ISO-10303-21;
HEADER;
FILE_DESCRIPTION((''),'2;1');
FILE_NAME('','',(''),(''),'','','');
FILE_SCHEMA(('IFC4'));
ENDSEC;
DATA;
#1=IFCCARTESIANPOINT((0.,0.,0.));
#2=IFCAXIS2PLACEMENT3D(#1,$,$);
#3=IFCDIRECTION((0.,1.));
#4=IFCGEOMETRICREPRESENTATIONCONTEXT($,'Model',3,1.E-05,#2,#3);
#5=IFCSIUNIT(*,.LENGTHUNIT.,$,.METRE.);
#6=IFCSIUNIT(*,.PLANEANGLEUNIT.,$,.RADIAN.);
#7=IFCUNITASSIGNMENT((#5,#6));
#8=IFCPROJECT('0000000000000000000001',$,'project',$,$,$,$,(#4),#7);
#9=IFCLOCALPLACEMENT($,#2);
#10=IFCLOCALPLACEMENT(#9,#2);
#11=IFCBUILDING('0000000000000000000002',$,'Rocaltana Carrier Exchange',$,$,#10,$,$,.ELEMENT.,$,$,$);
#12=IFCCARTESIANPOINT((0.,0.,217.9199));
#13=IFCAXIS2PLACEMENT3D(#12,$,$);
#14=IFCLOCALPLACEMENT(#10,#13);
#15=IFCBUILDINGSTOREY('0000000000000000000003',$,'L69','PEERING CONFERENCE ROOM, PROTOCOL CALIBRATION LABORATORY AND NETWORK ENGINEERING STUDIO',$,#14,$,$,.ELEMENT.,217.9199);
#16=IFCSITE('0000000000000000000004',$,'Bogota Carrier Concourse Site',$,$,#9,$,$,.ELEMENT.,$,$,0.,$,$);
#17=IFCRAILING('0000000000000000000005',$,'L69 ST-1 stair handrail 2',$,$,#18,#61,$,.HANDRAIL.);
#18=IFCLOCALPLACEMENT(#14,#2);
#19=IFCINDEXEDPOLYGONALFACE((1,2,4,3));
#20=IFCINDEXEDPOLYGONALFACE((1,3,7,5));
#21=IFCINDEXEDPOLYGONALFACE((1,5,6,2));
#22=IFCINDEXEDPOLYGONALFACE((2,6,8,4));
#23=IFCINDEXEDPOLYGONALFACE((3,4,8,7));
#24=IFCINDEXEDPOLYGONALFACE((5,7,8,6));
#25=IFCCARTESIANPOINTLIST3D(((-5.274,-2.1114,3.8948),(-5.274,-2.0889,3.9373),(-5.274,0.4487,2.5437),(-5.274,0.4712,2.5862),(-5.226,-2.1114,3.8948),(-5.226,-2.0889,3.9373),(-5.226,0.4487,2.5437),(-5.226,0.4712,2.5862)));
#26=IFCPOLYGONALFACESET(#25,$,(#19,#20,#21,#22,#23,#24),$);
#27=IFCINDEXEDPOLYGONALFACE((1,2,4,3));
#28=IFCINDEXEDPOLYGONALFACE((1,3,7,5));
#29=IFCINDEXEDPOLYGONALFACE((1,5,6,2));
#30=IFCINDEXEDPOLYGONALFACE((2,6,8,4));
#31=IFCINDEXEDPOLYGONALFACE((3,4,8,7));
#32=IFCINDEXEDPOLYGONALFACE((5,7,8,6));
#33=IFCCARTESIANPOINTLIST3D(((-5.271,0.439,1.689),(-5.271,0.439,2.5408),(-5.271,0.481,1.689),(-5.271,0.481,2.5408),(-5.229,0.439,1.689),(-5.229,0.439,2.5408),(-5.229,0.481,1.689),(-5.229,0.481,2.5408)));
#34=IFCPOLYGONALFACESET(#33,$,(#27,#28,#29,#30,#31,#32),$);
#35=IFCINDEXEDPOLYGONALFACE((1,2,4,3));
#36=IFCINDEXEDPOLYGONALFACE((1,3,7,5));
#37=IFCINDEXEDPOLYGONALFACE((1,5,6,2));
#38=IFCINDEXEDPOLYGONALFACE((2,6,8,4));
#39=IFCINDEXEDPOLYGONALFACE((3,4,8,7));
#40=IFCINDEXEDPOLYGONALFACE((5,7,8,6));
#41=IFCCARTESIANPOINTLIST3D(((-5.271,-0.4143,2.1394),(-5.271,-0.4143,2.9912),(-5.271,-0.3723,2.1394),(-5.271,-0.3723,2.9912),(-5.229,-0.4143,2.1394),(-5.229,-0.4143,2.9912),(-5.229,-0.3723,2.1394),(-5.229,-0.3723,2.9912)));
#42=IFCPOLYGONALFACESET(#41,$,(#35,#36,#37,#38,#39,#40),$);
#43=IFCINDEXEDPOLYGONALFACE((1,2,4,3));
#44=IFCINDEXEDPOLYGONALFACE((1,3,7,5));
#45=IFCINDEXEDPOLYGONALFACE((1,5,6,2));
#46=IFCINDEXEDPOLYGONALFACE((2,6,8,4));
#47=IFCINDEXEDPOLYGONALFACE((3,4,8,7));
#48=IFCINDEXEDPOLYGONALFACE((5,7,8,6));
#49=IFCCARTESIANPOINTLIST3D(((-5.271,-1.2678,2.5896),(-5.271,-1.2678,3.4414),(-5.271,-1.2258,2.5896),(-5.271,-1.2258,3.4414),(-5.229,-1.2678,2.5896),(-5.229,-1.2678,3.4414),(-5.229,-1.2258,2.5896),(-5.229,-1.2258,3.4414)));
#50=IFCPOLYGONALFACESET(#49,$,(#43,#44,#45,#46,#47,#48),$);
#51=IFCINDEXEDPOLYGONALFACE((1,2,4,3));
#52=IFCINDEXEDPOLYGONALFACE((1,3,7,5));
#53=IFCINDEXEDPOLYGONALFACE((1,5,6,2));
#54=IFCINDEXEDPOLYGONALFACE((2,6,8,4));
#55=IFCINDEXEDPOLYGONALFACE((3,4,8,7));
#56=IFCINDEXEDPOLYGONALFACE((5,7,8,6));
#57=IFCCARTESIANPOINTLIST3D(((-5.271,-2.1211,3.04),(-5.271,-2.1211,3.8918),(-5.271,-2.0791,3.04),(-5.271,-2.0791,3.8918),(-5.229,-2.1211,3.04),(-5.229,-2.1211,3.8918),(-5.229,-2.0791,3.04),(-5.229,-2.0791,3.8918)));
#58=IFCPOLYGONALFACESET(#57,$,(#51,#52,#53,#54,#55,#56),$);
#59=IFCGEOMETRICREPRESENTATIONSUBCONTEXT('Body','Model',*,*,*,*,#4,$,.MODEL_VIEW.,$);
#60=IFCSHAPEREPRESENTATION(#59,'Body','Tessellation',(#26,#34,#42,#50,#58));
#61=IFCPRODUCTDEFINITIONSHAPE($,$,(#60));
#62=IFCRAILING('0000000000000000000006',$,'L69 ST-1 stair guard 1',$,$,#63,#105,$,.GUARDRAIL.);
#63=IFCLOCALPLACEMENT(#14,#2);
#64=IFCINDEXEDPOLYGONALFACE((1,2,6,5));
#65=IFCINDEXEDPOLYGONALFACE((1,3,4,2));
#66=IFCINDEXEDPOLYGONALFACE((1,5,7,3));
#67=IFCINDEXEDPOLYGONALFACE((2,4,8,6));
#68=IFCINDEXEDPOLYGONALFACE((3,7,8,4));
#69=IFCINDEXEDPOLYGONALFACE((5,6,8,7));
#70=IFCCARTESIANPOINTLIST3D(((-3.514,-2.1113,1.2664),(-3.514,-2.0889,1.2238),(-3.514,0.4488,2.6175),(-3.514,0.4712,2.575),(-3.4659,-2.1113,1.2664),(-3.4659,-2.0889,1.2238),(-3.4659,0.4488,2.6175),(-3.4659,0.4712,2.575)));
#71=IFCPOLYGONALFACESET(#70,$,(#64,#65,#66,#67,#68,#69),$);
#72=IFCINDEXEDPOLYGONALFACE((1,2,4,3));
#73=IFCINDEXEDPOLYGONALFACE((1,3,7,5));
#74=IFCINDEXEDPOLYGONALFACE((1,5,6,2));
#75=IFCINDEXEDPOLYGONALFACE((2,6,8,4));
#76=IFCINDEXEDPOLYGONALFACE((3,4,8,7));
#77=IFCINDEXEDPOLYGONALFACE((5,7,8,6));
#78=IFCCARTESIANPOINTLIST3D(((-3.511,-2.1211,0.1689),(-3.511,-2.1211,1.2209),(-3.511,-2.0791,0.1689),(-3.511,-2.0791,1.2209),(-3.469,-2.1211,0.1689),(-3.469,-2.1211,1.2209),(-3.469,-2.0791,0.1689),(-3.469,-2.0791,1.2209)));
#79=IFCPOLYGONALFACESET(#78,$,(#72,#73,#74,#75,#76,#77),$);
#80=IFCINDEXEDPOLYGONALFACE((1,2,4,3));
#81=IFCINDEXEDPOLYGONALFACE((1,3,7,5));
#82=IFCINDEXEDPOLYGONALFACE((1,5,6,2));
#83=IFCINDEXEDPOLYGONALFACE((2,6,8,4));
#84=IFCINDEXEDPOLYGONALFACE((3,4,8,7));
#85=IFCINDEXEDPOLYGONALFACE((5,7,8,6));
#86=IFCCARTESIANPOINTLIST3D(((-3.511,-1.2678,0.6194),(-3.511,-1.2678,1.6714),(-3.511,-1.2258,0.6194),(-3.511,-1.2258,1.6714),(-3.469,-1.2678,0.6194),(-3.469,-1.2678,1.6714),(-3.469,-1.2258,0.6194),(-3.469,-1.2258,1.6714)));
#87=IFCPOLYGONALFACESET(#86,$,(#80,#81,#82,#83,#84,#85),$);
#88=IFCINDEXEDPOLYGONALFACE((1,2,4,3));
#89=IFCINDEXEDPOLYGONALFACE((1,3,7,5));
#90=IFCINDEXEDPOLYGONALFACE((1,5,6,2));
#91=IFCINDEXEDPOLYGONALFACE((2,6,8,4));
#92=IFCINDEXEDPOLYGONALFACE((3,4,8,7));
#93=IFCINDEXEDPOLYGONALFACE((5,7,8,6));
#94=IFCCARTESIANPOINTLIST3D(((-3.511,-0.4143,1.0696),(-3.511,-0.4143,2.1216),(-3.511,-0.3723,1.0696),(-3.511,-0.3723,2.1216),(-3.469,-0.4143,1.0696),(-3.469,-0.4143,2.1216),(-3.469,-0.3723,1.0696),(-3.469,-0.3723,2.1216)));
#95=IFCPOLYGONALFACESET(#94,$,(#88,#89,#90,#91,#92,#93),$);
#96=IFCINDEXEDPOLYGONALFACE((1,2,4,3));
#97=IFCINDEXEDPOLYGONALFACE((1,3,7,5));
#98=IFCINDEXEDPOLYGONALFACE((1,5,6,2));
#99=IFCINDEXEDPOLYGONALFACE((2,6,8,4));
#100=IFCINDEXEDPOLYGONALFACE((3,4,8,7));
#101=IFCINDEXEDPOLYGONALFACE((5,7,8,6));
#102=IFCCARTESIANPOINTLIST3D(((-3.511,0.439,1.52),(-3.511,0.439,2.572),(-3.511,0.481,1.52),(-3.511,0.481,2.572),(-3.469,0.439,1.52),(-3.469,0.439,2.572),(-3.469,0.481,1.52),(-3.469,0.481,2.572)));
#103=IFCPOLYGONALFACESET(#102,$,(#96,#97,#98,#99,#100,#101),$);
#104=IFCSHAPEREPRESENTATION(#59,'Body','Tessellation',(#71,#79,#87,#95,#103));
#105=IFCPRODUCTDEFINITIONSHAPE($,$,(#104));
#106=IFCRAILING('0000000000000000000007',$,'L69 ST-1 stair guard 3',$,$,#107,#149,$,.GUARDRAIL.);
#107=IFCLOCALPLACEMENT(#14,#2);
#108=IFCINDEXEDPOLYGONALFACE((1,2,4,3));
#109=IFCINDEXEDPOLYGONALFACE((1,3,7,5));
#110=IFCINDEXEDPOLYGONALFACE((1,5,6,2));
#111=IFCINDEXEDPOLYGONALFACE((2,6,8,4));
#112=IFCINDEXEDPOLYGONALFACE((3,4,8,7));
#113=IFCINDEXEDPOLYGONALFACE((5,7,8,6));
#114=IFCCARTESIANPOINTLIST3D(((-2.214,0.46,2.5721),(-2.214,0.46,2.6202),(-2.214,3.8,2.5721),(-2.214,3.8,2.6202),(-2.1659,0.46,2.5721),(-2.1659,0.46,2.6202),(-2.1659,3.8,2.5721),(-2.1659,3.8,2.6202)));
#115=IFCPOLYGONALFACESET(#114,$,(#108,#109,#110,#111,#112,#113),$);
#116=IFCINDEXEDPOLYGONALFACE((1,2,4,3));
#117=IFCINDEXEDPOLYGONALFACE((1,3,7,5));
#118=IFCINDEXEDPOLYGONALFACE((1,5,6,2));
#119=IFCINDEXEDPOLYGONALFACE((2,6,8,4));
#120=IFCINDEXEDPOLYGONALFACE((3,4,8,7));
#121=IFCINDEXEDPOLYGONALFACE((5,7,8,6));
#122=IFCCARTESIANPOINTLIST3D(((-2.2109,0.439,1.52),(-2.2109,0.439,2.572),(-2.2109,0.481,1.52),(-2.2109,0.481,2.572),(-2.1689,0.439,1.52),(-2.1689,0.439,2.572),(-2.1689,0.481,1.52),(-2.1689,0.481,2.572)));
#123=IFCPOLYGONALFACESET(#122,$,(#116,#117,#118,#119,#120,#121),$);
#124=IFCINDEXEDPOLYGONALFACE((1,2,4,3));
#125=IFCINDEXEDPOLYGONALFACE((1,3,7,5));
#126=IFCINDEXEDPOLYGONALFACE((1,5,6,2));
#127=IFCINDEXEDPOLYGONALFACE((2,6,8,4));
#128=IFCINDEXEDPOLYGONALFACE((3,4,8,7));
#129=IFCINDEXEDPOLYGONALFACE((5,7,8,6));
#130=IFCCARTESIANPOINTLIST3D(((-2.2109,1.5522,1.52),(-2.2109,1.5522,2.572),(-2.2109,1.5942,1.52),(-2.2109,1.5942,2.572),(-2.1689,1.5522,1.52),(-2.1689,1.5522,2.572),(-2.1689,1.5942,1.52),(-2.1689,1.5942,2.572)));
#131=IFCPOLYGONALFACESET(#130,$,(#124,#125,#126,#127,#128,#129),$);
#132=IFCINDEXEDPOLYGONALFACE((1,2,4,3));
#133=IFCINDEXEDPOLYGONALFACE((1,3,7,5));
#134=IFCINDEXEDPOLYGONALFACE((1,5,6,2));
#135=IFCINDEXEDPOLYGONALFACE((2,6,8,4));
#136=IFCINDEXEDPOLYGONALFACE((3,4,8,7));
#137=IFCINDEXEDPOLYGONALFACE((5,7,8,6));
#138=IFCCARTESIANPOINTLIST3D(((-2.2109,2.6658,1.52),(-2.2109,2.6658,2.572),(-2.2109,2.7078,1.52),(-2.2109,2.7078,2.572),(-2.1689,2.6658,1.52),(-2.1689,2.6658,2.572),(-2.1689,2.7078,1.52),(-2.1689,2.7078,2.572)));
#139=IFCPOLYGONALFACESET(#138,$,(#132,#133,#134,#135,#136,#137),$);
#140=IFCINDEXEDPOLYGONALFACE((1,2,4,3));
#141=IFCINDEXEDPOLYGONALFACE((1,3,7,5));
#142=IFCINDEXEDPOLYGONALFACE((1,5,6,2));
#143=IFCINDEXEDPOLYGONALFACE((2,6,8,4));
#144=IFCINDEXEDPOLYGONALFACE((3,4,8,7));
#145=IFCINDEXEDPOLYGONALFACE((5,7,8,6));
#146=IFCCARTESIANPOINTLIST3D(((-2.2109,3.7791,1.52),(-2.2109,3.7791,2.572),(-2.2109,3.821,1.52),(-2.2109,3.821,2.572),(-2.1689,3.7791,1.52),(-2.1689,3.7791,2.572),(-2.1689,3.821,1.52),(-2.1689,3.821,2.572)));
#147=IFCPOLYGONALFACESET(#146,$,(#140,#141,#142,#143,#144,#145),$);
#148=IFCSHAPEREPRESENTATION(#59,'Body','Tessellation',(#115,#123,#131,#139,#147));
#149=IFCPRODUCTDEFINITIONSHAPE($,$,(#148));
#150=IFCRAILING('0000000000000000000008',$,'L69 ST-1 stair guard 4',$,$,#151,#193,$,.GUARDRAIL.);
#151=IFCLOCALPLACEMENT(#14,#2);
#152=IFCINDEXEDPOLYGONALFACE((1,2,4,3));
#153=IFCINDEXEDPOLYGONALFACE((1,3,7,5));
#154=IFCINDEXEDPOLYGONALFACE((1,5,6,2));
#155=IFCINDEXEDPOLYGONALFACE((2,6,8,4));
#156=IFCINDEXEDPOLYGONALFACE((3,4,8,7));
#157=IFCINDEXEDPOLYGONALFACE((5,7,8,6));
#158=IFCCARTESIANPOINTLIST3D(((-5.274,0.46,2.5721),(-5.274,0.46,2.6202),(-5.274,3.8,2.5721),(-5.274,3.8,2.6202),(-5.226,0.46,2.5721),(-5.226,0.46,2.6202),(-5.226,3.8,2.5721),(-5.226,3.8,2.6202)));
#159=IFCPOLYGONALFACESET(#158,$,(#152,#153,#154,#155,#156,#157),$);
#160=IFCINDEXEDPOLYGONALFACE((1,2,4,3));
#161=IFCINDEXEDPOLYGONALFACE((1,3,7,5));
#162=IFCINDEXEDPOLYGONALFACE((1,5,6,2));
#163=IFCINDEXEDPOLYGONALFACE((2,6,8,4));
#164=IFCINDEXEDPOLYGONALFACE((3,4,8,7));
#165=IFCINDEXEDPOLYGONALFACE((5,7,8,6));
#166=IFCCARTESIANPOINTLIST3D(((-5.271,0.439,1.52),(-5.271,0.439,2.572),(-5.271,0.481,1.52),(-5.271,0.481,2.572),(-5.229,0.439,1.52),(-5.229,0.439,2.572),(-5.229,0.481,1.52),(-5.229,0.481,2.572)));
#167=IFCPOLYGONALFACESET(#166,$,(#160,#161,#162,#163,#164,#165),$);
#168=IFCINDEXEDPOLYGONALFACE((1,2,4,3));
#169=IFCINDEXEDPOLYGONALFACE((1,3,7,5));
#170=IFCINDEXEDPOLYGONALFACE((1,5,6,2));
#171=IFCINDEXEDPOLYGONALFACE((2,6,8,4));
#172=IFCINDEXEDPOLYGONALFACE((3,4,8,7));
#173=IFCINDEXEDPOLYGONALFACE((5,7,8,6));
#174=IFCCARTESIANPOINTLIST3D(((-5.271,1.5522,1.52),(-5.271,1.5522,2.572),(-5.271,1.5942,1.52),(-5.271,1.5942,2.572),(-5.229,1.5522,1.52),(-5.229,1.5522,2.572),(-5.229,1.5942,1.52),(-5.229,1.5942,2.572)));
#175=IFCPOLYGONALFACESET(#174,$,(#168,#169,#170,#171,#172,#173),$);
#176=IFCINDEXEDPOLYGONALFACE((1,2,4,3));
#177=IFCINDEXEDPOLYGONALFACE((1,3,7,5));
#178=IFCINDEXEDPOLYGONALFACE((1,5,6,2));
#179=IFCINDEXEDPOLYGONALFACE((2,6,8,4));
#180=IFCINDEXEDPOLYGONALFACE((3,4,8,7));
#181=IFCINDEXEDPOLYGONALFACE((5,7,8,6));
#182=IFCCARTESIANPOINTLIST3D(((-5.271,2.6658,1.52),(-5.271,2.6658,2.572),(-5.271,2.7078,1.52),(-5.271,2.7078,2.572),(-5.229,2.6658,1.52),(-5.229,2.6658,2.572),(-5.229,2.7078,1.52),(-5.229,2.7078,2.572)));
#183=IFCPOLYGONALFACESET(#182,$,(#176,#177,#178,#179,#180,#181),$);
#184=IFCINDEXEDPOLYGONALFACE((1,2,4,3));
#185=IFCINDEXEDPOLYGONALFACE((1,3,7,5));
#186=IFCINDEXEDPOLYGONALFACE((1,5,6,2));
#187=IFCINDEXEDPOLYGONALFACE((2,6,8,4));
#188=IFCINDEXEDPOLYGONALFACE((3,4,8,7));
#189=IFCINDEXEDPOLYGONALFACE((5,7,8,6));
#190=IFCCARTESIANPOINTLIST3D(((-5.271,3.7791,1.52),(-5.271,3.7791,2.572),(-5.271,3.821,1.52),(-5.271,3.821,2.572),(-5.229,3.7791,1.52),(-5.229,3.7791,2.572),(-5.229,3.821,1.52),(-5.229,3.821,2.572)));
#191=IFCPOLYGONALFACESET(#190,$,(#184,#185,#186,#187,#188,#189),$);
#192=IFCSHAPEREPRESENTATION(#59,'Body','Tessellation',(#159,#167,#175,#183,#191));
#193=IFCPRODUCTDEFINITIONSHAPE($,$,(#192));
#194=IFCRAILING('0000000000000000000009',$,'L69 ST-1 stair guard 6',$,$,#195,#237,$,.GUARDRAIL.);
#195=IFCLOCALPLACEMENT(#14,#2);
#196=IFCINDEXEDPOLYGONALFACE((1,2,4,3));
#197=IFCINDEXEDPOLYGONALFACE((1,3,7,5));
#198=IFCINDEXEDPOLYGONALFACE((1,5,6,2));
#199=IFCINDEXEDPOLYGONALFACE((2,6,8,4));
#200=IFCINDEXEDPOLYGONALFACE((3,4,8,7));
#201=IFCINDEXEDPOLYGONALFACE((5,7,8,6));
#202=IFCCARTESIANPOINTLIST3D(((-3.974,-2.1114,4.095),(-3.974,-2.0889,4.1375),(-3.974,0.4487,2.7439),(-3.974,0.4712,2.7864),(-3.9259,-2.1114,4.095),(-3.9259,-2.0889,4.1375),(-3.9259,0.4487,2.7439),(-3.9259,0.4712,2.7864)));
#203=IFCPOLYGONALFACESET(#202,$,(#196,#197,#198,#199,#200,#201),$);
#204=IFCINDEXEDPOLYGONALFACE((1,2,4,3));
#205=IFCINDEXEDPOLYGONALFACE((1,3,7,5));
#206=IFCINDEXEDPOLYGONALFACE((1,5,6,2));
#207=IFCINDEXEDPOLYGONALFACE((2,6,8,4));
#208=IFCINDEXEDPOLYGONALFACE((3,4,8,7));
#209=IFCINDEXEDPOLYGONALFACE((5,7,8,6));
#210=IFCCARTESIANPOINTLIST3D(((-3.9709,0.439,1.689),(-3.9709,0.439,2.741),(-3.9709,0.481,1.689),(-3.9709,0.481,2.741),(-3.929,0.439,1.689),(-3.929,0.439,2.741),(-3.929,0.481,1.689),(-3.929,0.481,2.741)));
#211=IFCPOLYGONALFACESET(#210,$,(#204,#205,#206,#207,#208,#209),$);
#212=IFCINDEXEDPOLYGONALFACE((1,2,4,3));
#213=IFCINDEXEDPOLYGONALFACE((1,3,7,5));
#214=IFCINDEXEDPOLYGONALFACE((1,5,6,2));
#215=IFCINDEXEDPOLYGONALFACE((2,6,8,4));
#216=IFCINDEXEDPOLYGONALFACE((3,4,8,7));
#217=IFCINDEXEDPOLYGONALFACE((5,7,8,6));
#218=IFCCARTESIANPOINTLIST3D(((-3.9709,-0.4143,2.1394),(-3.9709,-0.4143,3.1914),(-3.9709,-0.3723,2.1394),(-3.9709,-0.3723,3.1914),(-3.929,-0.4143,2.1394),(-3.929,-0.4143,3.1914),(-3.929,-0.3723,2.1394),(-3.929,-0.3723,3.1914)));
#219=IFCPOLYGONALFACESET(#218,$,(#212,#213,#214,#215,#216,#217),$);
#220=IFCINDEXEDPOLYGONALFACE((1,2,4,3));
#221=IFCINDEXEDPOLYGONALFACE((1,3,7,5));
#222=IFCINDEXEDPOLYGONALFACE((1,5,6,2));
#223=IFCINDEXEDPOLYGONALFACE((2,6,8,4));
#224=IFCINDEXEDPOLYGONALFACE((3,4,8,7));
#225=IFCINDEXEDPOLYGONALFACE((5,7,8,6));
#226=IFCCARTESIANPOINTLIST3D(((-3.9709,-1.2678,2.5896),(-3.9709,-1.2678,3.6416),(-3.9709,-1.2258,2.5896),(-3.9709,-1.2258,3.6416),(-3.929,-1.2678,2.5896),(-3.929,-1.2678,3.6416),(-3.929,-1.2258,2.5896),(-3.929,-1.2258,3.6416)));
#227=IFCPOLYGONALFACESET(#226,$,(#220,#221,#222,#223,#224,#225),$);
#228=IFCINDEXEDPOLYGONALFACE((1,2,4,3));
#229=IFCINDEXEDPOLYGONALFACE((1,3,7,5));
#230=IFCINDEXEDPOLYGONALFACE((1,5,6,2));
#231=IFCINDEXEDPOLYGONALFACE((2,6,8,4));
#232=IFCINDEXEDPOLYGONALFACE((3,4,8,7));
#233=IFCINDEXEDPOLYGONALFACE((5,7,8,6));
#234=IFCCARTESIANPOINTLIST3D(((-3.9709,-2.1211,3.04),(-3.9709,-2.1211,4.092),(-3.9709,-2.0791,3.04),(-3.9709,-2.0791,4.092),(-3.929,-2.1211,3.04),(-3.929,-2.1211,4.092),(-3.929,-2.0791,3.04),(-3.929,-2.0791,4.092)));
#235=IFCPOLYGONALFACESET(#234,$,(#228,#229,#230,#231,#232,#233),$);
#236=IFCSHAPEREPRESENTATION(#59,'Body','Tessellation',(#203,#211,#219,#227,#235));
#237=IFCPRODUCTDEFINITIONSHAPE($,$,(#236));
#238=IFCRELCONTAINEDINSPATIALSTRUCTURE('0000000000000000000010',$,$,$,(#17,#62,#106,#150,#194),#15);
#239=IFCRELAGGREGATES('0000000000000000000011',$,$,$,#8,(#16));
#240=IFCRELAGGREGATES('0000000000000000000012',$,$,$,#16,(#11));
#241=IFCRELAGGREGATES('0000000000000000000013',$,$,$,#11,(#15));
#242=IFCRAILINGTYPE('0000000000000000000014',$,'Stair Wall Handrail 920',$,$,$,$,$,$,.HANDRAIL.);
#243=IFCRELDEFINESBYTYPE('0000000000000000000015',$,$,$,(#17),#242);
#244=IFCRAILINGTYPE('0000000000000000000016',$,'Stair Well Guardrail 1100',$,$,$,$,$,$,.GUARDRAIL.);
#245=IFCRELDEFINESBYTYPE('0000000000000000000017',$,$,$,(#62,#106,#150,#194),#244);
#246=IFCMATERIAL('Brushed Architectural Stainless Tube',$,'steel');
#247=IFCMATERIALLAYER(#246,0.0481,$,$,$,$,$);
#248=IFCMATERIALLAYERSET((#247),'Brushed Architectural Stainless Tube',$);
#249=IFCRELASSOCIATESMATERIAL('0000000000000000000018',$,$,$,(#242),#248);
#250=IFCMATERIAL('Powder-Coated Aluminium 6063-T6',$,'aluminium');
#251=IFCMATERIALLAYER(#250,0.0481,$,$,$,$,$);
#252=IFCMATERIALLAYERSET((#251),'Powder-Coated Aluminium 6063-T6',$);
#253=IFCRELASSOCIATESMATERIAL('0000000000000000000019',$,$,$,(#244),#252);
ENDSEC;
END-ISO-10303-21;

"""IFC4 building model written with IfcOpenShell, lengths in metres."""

from ifc_helpers import new_model, si_unit, direction, frame, origin, origin_2d, place, context, subcontext, project, spatial, rectangle, extrude, material, layer, layer_set, type_object, element, save


model = new_model("IFC4")

# Units and contexts
model_context = context("Model", 3, precision=1e-05, world=origin(), true_north=direction((0.0, 1.0)))
body_context = subcontext(model_context, "Body", "Model", "MODEL_VIEW")
ifc_project = project(units=[si_unit("LENGTHUNIT", "METRE"), si_unit("PLANEANGLEUNIT", "RADIAN")], contexts=[model_context])

# Site, building, storey
site_placement = place(None, origin())
site = spatial("IfcSite", under=ifc_project, at=site_placement, Name="Bogota Carrier Concourse Site", CompositionType="ELEMENT", RefElevation=0.0)
building_placement = place(site_placement, origin())
building = spatial("IfcBuilding", under=site, at=building_placement, Name="Rocaltana Carrier Exchange", CompositionType="ELEMENT")
storey_placement = place(building_placement, frame((0.0, 0.0, 217.9199)))
storey = spatial("IfcBuildingStorey", under=building, at=storey_placement, Name="L69", Description="PEERING CONFERENCE ROOM, PROTOCOL CALIBRATION LABORATORY AND NETWORK ENGINEERING STUDIO", CompositionType="ELEMENT", Elevation=217.9199)

# Railings
ifc_material_1 = material(Name="Brushed Architectural Stainless Tube", Category="steel")
ifc_layer_1 = layer(ifc_material_1, 0.0481)
ifc_layer_set_1 = layer_set([ifc_layer_1], Name="Brushed Architectural Stainless Tube")
railing_type_1 = type_object("IfcRailingType", Name="Stair Wall Handrail 920", PredefinedType="HANDRAIL", material=ifc_layer_set_1)
railing_1_placement = place(storey_placement, frame((-5.25, 0.46, 1.689)))
element("IfcRailing", 1, at=railing_1_placement, inside=storey, type_object=railing_type_1, Name="L69 ST-1 stair handrail 2", PredefinedType="HANDRAIL", context=body_context, shape_type="SweptSolid", body=[
    extrude(rectangle(XDim=0.0481, YDim=0.0481, at=origin_2d()), frame((0.0, 0.0, 0.876), z_axis=(0.0, -0.884394, 0.46674), x_axis=(1.0, 0.0, 0.0)), (0.0, 0.0, 1.0), 2.8948),
    extrude(rectangle(XDim=0.042, YDim=0.042, at=origin_2d()), origin(), (0.0, 0.0, 1.0), 0.8518),
    extrude(rectangle(XDim=0.042, YDim=0.042, at=origin_2d()), frame((0.0, -0.8533, 0.4504)), (0.0, 0.0, 1.0), 0.8518),
    extrude(rectangle(XDim=0.042, YDim=0.042, at=origin_2d()), frame((0.0, -1.7068, 0.9006)), (0.0, 0.0, 1.0), 0.8518),
    extrude(rectangle(XDim=0.042, YDim=0.042, at=origin_2d()), frame((0.0, -2.5601, 1.3511)), (0.0, 0.0, 1.0), 0.8518),
])
ifc_material_2 = material(Name="Powder-Coated Aluminium 6063-T6", Category="aluminium")
ifc_layer_2 = layer(ifc_material_2, 0.0481)
ifc_layer_set_2 = layer_set([ifc_layer_2], Name="Powder-Coated Aluminium 6063-T6")
railing_type_2 = type_object("IfcRailingType", Name="Stair Well Guardrail 1100", PredefinedType="GUARDRAIL", material=ifc_layer_set_2)
railing_2_placement = place(storey_placement, frame((-3.49, -2.1001, 0.1689)))
element("IfcRailing", 2, at=railing_2_placement, inside=storey, type_object=railing_type_2, Name="L69 ST-1 stair guard 1", PredefinedType="GUARDRAIL", context=body_context, shape_type="SweptSolid", body=[
    extrude(rectangle(XDim=0.0481, YDim=0.0481, at=origin_2d()), frame((0.0, 0.0, 1.0762), z_axis=(0.0, 0.884394, 0.46674), x_axis=(-1.0, 0.0, 0.0)), (0.0, 0.0, 1.0), 2.8948),
    extrude(rectangle(XDim=0.042, YDim=0.042, at=origin_2d()), origin(), (0.0, 0.0, 1.0), 1.052),
    extrude(rectangle(XDim=0.042, YDim=0.042, at=origin_2d()), frame((0.0, 0.8533, 0.4504)), (0.0, 0.0, 1.0), 1.052),
    extrude(rectangle(XDim=0.042, YDim=0.042, at=origin_2d()), frame((0.0, 1.7068, 0.9006)), (0.0, 0.0, 1.0), 1.052),
    extrude(rectangle(XDim=0.042, YDim=0.042, at=origin_2d()), frame((0.0, 2.5601, 1.3511)), (0.0, 0.0, 1.0), 1.052),
])
for number, where, name in (
    (3, (-2.1899, 0.46, 1.52), "L69 ST-1 stair guard 3"),
    (4, (-5.25, 0.46, 1.52), "L69 ST-1 stair guard 4"),
):
    element("IfcRailing", number, at=place(storey_placement, frame(where)), inside=storey, type_object=railing_type_2, Name=name, PredefinedType="GUARDRAIL", context=body_context, shape_type="SweptSolid", body=[
        extrude(rectangle(XDim=0.0481, YDim=0.0481, at=origin_2d()), frame((0.0, 0.0, 1.0762), z_axis=(0.0, 1.0, 0.0), x_axis=(-1.0, 0.0, 0.0)), (0.0, 0.0, 1.0), 3.3401),
        extrude(rectangle(XDim=0.042, YDim=0.042, at=origin_2d()), origin(), (0.0, 0.0, 1.0), 1.052),
        extrude(rectangle(XDim=0.042, YDim=0.042, at=origin_2d()), frame((0.0, 1.1133, 0.0)), (0.0, 0.0, 1.0), 1.052),
        extrude(rectangle(XDim=0.042, YDim=0.042, at=origin_2d()), frame((0.0, 2.2268, 0.0)), (0.0, 0.0, 1.0), 1.052),
        extrude(rectangle(XDim=0.042, YDim=0.042, at=origin_2d()), frame((0.0, 3.3401, 0.0)), (0.0, 0.0, 1.0), 1.052),
    ])
railing_3_placement = place(storey_placement, frame((-3.95, 0.46, 1.689)))
element("IfcRailing", 5, at=railing_3_placement, inside=storey, type_object=railing_type_2, Name="L69 ST-1 stair guard 6", PredefinedType="GUARDRAIL", context=body_context, shape_type="SweptSolid", body=[
    extrude(rectangle(XDim=0.0481, YDim=0.0481, at=origin_2d()), frame((0.0, 0.0, 1.0762), z_axis=(0.0, -0.884394, 0.46674), x_axis=(1.0, 0.0, 0.0)), (0.0, 0.0, 1.0), 2.8948),
    extrude(rectangle(XDim=0.042, YDim=0.042, at=origin_2d()), origin(), (0.0, 0.0, 1.0), 1.052),
    extrude(rectangle(XDim=0.042, YDim=0.042, at=origin_2d()), frame((0.0, -0.8533, 0.4504)), (0.0, 0.0, 1.0), 1.052),
    extrude(rectangle(XDim=0.042, YDim=0.042, at=origin_2d()), frame((0.0, -1.7068, 0.9006)), (0.0, 0.0, 1.0), 1.052),
    extrude(rectangle(XDim=0.042, YDim=0.042, at=origin_2d()), frame((0.0, -2.5601, 1.3511)), (0.0, 0.0, 1.0), 1.052),
])

save(model, "model.ifc")
